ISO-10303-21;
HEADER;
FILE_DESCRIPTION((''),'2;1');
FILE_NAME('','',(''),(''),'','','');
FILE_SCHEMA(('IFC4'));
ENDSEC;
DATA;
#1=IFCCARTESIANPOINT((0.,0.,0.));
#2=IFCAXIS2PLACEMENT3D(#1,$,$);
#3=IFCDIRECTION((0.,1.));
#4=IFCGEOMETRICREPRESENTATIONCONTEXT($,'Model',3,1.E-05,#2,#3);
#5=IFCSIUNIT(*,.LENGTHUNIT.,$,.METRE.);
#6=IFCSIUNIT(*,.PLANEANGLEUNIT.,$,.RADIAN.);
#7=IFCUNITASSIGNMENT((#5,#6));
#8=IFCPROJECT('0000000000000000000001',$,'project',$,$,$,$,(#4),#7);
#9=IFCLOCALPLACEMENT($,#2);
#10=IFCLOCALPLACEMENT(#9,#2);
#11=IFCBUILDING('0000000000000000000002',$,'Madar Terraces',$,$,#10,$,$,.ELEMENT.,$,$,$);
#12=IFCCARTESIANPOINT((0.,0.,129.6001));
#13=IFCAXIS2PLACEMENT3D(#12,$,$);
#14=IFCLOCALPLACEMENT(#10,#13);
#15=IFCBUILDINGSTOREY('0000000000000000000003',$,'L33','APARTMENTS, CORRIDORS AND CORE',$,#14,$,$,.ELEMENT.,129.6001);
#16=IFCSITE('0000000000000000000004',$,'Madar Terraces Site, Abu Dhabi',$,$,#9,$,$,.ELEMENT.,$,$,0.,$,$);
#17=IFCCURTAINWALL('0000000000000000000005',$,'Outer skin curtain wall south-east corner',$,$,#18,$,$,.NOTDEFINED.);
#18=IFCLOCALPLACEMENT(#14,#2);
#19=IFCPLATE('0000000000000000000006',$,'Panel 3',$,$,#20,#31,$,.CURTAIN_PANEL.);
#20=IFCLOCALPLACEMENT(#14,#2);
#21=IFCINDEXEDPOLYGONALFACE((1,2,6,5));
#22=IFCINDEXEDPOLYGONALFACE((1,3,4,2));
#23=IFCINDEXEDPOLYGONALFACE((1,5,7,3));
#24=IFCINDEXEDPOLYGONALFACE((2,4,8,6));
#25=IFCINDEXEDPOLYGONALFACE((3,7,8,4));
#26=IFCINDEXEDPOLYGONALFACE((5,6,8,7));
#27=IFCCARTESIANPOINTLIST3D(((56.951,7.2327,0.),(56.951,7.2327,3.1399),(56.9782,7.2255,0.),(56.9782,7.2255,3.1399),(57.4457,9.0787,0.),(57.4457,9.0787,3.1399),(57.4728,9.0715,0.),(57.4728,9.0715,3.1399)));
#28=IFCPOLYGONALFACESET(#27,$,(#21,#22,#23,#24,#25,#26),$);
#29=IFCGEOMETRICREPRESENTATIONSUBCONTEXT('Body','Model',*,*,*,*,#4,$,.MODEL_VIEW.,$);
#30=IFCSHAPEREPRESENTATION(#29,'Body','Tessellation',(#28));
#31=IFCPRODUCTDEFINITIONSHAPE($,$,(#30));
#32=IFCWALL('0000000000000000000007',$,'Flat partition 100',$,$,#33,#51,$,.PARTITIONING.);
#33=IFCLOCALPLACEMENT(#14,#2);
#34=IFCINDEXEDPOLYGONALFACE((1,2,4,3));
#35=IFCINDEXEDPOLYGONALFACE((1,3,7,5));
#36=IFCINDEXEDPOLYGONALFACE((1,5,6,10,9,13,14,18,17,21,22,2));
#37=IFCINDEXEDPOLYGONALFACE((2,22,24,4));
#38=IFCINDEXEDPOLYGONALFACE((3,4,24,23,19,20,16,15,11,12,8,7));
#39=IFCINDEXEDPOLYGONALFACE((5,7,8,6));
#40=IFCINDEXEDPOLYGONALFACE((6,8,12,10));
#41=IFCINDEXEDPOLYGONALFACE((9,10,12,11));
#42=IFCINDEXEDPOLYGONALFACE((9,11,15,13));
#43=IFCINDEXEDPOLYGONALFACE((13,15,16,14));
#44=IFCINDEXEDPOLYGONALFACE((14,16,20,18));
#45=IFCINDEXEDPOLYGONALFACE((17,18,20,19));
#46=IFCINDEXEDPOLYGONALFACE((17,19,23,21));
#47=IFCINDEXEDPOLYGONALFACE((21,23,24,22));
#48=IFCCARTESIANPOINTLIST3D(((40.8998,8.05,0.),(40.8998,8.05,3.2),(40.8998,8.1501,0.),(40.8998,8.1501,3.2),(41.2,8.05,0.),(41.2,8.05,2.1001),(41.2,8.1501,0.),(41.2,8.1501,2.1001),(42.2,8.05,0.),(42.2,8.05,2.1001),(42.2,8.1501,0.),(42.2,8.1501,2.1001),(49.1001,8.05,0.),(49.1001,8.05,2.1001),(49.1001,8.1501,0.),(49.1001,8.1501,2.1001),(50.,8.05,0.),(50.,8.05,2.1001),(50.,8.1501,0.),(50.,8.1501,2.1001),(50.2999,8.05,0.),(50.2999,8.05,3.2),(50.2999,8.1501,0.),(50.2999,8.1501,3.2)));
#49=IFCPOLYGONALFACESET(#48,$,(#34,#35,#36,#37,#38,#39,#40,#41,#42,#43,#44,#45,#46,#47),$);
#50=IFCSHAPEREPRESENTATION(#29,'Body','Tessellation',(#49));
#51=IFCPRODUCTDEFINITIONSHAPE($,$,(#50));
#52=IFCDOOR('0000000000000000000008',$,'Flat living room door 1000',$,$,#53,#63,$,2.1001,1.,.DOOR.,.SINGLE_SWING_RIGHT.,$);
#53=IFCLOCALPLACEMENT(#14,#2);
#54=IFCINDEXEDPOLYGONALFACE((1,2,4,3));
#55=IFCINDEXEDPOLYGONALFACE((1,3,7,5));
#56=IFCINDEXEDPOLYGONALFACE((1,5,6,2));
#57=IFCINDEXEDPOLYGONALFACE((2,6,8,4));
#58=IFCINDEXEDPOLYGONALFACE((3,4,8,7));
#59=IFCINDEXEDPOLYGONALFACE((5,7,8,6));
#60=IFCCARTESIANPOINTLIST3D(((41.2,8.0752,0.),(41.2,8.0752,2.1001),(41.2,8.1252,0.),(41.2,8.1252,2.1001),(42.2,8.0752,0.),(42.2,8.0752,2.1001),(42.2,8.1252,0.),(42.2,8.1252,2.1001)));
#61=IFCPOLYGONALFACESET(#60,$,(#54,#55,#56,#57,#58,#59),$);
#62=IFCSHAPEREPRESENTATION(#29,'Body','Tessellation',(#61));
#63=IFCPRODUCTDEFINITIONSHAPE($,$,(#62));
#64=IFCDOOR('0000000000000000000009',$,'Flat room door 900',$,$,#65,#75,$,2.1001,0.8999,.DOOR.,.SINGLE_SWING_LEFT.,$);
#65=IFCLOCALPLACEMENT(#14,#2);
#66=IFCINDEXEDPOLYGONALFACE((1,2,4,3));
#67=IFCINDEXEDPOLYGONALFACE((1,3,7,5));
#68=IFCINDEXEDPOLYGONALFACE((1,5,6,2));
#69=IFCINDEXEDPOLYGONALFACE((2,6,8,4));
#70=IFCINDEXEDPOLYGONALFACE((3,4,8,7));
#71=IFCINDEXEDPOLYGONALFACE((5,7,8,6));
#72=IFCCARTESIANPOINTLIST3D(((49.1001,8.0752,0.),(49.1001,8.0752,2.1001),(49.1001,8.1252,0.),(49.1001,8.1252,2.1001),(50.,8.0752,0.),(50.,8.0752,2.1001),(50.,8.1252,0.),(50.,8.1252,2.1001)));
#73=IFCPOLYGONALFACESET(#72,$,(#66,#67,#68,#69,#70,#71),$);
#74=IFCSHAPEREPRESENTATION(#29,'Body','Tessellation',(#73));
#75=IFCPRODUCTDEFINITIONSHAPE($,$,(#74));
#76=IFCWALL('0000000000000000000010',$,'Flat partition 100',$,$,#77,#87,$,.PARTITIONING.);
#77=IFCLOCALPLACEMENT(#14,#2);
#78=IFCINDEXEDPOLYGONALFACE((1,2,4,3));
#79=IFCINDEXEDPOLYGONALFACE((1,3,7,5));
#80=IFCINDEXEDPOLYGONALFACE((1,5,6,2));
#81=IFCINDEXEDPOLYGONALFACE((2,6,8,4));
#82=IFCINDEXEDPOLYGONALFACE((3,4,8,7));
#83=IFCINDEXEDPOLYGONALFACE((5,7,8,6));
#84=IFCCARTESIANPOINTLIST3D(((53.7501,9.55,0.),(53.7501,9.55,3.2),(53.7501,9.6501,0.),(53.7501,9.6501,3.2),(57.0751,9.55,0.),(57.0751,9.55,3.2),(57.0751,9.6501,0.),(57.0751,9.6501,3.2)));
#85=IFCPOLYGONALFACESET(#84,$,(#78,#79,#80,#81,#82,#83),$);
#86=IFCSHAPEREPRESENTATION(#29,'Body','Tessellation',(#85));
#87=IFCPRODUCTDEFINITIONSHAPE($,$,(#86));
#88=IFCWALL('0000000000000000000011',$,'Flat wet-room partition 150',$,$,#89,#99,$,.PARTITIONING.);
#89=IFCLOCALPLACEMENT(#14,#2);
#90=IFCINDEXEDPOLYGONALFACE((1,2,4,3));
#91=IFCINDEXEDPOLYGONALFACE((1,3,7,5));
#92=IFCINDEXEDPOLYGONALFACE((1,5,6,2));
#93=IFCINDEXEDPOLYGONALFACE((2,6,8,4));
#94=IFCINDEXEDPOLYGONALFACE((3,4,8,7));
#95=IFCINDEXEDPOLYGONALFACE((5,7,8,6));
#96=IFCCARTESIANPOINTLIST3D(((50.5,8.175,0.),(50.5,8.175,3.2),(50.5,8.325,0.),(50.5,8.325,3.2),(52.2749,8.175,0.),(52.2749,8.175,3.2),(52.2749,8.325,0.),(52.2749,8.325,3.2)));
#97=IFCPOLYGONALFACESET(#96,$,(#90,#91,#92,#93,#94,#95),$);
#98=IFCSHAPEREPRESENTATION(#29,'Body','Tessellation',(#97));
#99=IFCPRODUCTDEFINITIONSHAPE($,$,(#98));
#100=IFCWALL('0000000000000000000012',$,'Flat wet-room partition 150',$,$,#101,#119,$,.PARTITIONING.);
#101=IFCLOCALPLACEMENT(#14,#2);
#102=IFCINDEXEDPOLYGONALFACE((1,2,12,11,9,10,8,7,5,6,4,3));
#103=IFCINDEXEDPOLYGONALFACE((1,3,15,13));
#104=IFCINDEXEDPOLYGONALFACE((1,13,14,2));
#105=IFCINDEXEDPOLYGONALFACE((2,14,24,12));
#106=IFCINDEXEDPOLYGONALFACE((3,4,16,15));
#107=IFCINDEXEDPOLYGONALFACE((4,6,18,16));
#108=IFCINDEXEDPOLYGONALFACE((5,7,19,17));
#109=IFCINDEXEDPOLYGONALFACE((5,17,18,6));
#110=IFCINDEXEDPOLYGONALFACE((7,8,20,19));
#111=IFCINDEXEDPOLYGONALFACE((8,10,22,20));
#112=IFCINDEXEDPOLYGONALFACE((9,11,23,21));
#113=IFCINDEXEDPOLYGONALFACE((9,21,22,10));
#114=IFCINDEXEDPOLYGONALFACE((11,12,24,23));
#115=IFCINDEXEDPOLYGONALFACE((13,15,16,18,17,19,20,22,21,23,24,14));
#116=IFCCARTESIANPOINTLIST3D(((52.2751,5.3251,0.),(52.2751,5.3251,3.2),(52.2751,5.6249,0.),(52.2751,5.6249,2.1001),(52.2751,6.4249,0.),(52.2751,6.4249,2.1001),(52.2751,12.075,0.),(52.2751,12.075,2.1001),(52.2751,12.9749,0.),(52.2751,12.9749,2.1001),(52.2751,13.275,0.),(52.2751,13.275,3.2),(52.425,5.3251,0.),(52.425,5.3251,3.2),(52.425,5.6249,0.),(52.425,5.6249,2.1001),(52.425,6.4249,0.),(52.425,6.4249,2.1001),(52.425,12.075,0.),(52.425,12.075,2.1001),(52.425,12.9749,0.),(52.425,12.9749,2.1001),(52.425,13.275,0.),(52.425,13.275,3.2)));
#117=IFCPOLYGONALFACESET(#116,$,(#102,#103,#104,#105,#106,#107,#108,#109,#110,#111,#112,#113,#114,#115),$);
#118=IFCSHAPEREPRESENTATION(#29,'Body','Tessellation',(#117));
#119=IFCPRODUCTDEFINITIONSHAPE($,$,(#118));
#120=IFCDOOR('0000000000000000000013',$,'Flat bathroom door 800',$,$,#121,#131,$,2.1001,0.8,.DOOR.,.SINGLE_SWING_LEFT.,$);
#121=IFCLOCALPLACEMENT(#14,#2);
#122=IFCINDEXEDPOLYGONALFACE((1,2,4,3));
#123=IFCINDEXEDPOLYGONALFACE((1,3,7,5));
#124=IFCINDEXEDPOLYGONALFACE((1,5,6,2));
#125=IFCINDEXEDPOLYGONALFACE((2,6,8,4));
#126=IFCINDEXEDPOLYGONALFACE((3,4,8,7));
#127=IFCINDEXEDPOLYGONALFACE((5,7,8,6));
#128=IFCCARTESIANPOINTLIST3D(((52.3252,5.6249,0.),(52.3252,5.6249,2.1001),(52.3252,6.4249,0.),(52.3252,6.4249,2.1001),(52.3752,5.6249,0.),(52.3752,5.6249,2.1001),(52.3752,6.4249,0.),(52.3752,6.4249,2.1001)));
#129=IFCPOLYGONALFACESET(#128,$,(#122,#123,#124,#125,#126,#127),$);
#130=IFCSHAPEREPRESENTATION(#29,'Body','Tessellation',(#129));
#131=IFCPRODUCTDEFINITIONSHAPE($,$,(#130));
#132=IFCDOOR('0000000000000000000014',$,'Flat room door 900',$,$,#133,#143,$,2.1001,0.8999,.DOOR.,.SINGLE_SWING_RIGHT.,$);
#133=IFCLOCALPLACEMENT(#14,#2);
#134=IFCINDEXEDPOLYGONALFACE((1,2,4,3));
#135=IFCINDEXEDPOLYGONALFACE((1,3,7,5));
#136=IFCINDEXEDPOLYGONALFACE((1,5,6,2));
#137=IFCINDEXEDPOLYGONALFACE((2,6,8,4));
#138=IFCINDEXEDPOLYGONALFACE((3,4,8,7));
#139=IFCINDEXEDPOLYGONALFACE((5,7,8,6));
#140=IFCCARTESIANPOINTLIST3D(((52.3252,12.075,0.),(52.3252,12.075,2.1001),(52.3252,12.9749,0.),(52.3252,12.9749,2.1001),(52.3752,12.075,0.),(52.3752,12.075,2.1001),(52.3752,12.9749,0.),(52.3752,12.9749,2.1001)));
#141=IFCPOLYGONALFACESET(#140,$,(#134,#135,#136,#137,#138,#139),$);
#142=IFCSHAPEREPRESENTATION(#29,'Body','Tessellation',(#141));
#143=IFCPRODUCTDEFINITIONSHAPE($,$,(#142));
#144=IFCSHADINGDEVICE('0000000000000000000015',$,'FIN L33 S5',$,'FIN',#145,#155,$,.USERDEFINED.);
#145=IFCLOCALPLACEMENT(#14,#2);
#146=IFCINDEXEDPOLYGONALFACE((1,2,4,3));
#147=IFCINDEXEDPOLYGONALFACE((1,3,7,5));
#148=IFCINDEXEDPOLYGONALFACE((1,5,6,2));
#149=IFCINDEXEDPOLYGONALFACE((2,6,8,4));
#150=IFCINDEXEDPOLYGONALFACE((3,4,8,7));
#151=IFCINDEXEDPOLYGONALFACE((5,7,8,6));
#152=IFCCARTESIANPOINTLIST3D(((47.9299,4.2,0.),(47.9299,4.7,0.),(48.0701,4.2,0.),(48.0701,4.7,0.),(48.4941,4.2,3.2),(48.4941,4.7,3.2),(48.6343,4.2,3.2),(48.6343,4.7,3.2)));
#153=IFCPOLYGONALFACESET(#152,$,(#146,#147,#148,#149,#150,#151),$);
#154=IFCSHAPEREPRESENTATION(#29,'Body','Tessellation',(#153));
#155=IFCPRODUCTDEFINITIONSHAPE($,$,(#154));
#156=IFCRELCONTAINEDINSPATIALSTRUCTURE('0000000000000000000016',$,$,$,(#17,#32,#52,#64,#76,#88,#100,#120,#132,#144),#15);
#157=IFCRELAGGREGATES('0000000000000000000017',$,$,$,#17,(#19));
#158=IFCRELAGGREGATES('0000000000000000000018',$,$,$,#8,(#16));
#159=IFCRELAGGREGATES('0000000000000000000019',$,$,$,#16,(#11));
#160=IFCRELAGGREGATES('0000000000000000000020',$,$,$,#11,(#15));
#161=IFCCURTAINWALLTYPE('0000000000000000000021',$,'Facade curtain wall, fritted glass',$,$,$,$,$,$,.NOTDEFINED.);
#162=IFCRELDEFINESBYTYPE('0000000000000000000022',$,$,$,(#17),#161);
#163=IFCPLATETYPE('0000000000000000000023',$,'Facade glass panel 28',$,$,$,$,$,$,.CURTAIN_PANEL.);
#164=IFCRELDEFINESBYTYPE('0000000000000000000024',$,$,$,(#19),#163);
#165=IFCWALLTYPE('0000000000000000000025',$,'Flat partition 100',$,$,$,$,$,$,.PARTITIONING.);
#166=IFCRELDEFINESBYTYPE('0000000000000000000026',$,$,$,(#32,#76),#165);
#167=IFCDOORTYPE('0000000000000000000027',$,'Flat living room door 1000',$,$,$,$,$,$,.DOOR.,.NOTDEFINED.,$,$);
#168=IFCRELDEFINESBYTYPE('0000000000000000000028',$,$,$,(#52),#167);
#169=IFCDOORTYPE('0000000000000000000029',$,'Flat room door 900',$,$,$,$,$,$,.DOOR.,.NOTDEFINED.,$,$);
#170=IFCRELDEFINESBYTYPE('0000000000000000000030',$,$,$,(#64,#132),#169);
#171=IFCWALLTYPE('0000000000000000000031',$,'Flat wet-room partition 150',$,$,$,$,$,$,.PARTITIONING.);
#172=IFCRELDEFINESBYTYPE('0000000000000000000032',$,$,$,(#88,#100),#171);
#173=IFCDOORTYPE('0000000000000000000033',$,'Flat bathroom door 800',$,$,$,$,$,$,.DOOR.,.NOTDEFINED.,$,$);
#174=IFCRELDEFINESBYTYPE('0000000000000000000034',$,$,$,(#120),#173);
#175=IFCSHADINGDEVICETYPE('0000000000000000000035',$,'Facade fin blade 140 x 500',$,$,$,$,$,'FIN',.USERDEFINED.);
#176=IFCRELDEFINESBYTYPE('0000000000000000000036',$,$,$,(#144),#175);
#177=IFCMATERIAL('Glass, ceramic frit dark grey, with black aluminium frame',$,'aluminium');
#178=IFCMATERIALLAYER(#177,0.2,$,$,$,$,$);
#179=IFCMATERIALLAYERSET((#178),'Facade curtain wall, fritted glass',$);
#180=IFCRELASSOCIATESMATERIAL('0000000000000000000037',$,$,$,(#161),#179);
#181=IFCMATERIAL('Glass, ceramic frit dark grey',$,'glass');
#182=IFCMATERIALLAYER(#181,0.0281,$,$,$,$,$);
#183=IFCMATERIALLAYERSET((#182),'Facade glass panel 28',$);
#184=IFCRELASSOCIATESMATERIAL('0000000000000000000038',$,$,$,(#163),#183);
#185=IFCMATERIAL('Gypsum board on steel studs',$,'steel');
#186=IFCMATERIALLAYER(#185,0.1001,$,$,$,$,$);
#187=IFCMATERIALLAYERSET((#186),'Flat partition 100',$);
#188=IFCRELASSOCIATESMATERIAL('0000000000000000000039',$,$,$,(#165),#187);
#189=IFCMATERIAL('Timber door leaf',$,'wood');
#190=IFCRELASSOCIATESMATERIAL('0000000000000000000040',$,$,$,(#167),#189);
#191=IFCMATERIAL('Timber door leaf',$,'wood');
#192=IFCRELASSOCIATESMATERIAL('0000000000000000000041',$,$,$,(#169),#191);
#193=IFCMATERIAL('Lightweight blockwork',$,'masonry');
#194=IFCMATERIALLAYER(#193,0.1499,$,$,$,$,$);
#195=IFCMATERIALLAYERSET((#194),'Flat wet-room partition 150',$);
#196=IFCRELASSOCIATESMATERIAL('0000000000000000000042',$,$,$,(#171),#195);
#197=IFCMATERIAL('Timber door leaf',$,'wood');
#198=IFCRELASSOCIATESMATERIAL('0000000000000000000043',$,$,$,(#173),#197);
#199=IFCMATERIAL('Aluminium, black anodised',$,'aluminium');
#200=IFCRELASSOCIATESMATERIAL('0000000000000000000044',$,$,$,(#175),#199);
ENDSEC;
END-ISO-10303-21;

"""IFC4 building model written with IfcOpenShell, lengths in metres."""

from ifc_helpers import new_model, si_unit, direction, frame, frame_2d, origin, origin_2d, place, context, subcontext, project, spatial, polyline, rectangle, outline, extrude, material, layer, layer_set, type_object, element, fill, aggregate, save


model = new_model("IFC4")

# Units and contexts
model_context = context("Model", 3, precision=1e-05, world=origin(), true_north=direction((0.0, 1.0)))
body_context = subcontext(model_context, "Body", "Model", "MODEL_VIEW")
ifc_project = project(units=[si_unit("LENGTHUNIT", "METRE"), si_unit("PLANEANGLEUNIT", "RADIAN")], contexts=[model_context])

# Site, building, storey
site_placement = place(None, origin())
site = spatial("IfcSite", under=ifc_project, at=site_placement, Name="Madar Terraces Site, Abu Dhabi", CompositionType="ELEMENT", RefElevation=0.0)
building_placement = place(site_placement, origin())
building = spatial("IfcBuilding", under=site, at=building_placement, Name="Madar Terraces", CompositionType="ELEMENT")
storey_placement = place(building_placement, frame((0.0, 0.0, 129.6001)))
storey = spatial("IfcBuildingStorey", under=building, at=storey_placement, Name="L33", Description="APARTMENTS, CORRIDORS AND CORE", CompositionType="ELEMENT", Elevation=129.6001)

# Shared definitions
ifc_material_1 = material(Name="Glass, ceramic frit dark grey, with black aluminium frame", Category="aluminium")
ifc_layer_1 = layer(ifc_material_1, 0.2)
ifc_layer_set_1 = layer_set([ifc_layer_1], Name="Facade curtain wall, fritted glass")
curtain_wall_type = type_object("IfcCurtainWallType", Name="Facade curtain wall, fritted glass", PredefinedType="NOTDEFINED", material=ifc_layer_set_1)

# Curtain wall
curtain_wall_1_placement = place(storey_placement, origin())
curtain_wall_1 = element("IfcCurtainWall", 1, at=curtain_wall_1_placement, inside=storey, type_object=curtain_wall_type, Name="Outer skin curtain wall south-east corner", PredefinedType="NOTDEFINED")

# Plate
ifc_material_2 = material(Name="Glass, ceramic frit dark grey", Category="glass")
ifc_layer_2 = layer(ifc_material_2, 0.0281)
ifc_layer_set_2 = layer_set([ifc_layer_2], Name="Facade glass panel 28")
plate_type = type_object("IfcPlateType", Name="Facade glass panel 28", PredefinedType="CURTAIN_PANEL", material=ifc_layer_set_2)
plate_1_placement = place(storey_placement, frame((57.2119, 8.1521, 0.0), z_axis=(0.0, 0.0, 1.0), x_axis=(0.258819, 0.965926, 0.0)))
plate_1 = element("IfcPlate", 2, at=plate_1_placement, type_object=plate_type, Name="Panel 3", PredefinedType="CURTAIN_PANEL", context=body_context, shape_type="SweptSolid", body=[
    extrude(rectangle(XDim=1.9111, YDim=0.0281, at=origin_2d()), origin(), (0.0, 0.0, 1.0), 3.1399),
])
aggregate(curtain_wall_1, [plate_1])

# Wall, openings, doors
ifc_material_3 = material(Name="Gypsum board on steel studs", Category="steel")
ifc_layer_3 = layer(ifc_material_3, 0.1001)
ifc_layer_set_3 = layer_set([ifc_layer_3], Name="Flat partition 100")
wall_type_1 = type_object("IfcWallType", Name="Flat partition 100", PredefinedType="PARTITIONING", material=ifc_layer_set_3)
wall_1_placement = place(storey_placement, frame((50.3, 8.1001, 0.0), z_axis=(0.0, 0.0, 1.0), x_axis=(-1.0, 0.0, 0.0)))
wall_1 = element("IfcWall", 3, at=wall_1_placement, inside=storey, type_object=wall_type_1, Name="Flat partition 100", PredefinedType="PARTITIONING", context=body_context, shape_type="SweptSolid", body=[
    extrude(rectangle(XDim=9.4001, YDim=0.1001, at=frame_2d((4.7002, 0.0))), origin(), (0.0, 0.0, 1.0), 3.2),
])
opening_1_placement = place(wall_1_placement, frame((8.1001, 0.0, 0.0)))
opening_1 = element("IfcOpeningElement", 4, at=opening_1_placement, cuts=wall_1, PredefinedType="OPENING", context=body_context, shape_type="SweptSolid", body=[
    extrude(rectangle(XDim=1.0, YDim=2.1001, at=frame_2d((0.5, 1.05))), frame((0.0, 0.0601, 0.0), z_axis=(0.0, -1.0, 0.0), x_axis=(1.0, 0.0, 0.0)), (0.0, 0.0, 1.0), 0.1201),
])
opening_2_placement = place(wall_1_placement, frame((0.3, 0.0, 0.0)))
opening_2 = element("IfcOpeningElement", 5, at=opening_2_placement, cuts=wall_1, PredefinedType="OPENING", context=body_context, shape_type="SweptSolid", body=[
    extrude(rectangle(XDim=0.8999, YDim=2.1001, at=frame_2d((0.45, 1.05))), frame((0.0, 0.0601, 0.0), z_axis=(0.0, -1.0, 0.0), x_axis=(1.0, 0.0, 0.0)), (0.0, 0.0, 1.0), 0.1201),
])
ifc_material_4 = material(Name="Timber door leaf", Category="wood")
door_type_1 = type_object("IfcDoorType", Name="Flat living room door 1000", OperationType="NOTDEFINED", PredefinedType="DOOR", material=ifc_material_4)
door_1_placement = place(opening_1_placement, origin())
door_1 = element("IfcDoor", 6, at=door_1_placement, inside=storey, type_object=door_type_1, Name="Flat living room door 1000", OperationType="SINGLE_SWING_RIGHT", OverallHeight=2.1001, OverallWidth=1.0, PredefinedType="DOOR", context=body_context, shape_type="SweptSolid", body=[
    extrude(rectangle(XDim=1.0, YDim=2.1001, at=frame_2d((0.5, 1.05))), frame((0.0, 0.0249, 0.0), z_axis=(0.0, -1.0, 0.0), x_axis=(1.0, 0.0, 0.0)), (0.0, 0.0, 1.0), 0.05),
])
fill(opening_1, door_1)
ifc_material_5 = material(Name="Timber door leaf", Category="wood")
door_type_2 = type_object("IfcDoorType", Name="Flat room door 900", OperationType="NOTDEFINED", PredefinedType="DOOR", material=ifc_material_5)
door_2_placement = place(opening_2_placement, origin())
door_2 = element("IfcDoor", 7, at=door_2_placement, inside=storey, type_object=door_type_2, Name="Flat room door 900", OperationType="SINGLE_SWING_LEFT", OverallHeight=2.1001, OverallWidth=0.8999, PredefinedType="DOOR", context=body_context, shape_type="SweptSolid", body=[
    extrude(rectangle(XDim=0.8999, YDim=2.1001, at=frame_2d((0.45, 1.05))), frame((0.0, 0.0249, 0.0), z_axis=(0.0, -1.0, 0.0), x_axis=(1.0, 0.0, 0.0)), (0.0, 0.0, 1.0), 0.05),
])
fill(opening_2, door_2)

# Walls
wall_2_placement = place(storey_placement, frame((53.75, 9.6001, 0.0), z_axis=(0.0, 0.0, 1.0), x_axis=(1.0, 0.0, 0.0)))
element("IfcWall", 8, at=wall_2_placement, inside=storey, type_object=wall_type_1, Name="Flat partition 100", PredefinedType="PARTITIONING", context=body_context, shape_type="SweptSolid", body=[
    extrude(rectangle(XDim=3.325, YDim=0.1001, at=frame_2d((1.6626, 0.0))), origin(), (0.0, 0.0, 1.0), 3.2),
])
ifc_material_6 = material(Name="Lightweight blockwork", Category="masonry")
ifc_layer_4 = layer(ifc_material_6, 0.1499)
ifc_layer_set_4 = layer_set([ifc_layer_4], Name="Flat wet-room partition 150")
wall_type_2 = type_object("IfcWallType", Name="Flat wet-room partition 150", PredefinedType="PARTITIONING", material=ifc_layer_set_4)
wall_3_placement = place(storey_placement, frame((50.5, 8.25, 0.0), z_axis=(0.0, 0.0, 1.0), x_axis=(1.0, 0.0, 0.0)))
element("IfcWall", 9, at=wall_3_placement, inside=storey, type_object=wall_type_2, Name="Flat wet-room partition 150", PredefinedType="PARTITIONING", context=body_context, shape_type="SweptSolid", body=[
    extrude(rectangle(XDim=1.7749, YDim=0.1499, at=frame_2d((0.8875, 0.0))), origin(), (0.0, 0.0, 1.0), 3.2),
])

# Wall, openings, doors
wall_4_placement = place(storey_placement, frame((52.3501, 5.325, 0.0), z_axis=(0.0, 0.0, 1.0), x_axis=(0.0, 1.0, 0.0)))
wall_4 = element("IfcWall", 10, at=wall_4_placement, inside=storey, type_object=wall_type_2, Name="Flat wet-room partition 150", PredefinedType="PARTITIONING", context=body_context, shape_type="SweptSolid", body=[
    extrude(rectangle(XDim=7.95, YDim=0.1499, at=frame_2d((3.9751, 0.0))), origin(), (0.0, 0.0, 1.0), 3.2),
])
opening_3_placement = place(wall_4_placement, frame((6.75, 0.0, 0.0)))
opening_3 = element("IfcOpeningElement", 11, at=opening_3_placement, cuts=wall_4, PredefinedType="OPENING", context=body_context, shape_type="SweptSolid", body=[
    extrude(rectangle(XDim=0.8999, YDim=2.1001, at=frame_2d((0.45, 1.05))), frame((0.0, 0.085, 0.0), z_axis=(0.0, -1.0, 0.0), x_axis=(1.0, 0.0, 0.0)), (0.0, 0.0, 1.0), 0.1699),
])
opening_4_placement = place(wall_4_placement, frame((0.3, 0.0, 0.0)))
opening_4 = element("IfcOpeningElement", 12, at=opening_4_placement, cuts=wall_4, PredefinedType="OPENING", context=body_context, shape_type="SweptSolid", body=[
    extrude(rectangle(XDim=0.8, YDim=2.1001, at=frame_2d((0.3999, 1.05))), frame((0.0, 0.085, 0.0), z_axis=(0.0, -1.0, 0.0), x_axis=(1.0, 0.0, 0.0)), (0.0, 0.0, 1.0), 0.1699),
])
ifc_material_7 = material(Name="Timber door leaf", Category="wood")
door_type_3 = type_object("IfcDoorType", Name="Flat bathroom door 800", OperationType="NOTDEFINED", PredefinedType="DOOR", material=ifc_material_7)
door_3_placement = place(opening_4_placement, origin())
door_3 = element("IfcDoor", 13, at=door_3_placement, inside=storey, type_object=door_type_3, Name="Flat bathroom door 800", OperationType="SINGLE_SWING_LEFT", OverallHeight=2.1001, OverallWidth=0.8, PredefinedType="DOOR", context=body_context, shape_type="SweptSolid", body=[
    extrude(rectangle(XDim=0.8, YDim=2.1001, at=frame_2d((0.3999, 1.05))), frame((0.0, 0.0249, 0.0), z_axis=(0.0, -1.0, 0.0), x_axis=(1.0, 0.0, 0.0)), (0.0, 0.0, 1.0), 0.05),
])
fill(opening_4, door_3)
door_4_placement = place(opening_3_placement, origin())
door_4 = element("IfcDoor", 14, at=door_4_placement, inside=storey, type_object=door_type_2, Name="Flat room door 900", OperationType="SINGLE_SWING_RIGHT", OverallHeight=2.1001, OverallWidth=0.8999, PredefinedType="DOOR", context=body_context, shape_type="SweptSolid", body=[
    extrude(rectangle(XDim=0.8999, YDim=2.1001, at=frame_2d((0.45, 1.05))), frame((0.0, 0.0249, 0.0), z_axis=(0.0, -1.0, 0.0), x_axis=(1.0, 0.0, 0.0)), (0.0, 0.0, 1.0), 0.05),
])
fill(opening_3, door_4)

# Shading device
ifc_material_8 = material(Name="Aluminium, black anodised", Category="aluminium")
shading_device_type = type_object("IfcShadingDeviceType", Name="Facade fin blade 140 x 500", ElementType="FIN", PredefinedType="USERDEFINED", material=ifc_material_8)
shading_device_placement = place(storey_placement, frame((47.9299, 4.45, 0.0), z_axis=(0.0, 0.0, 1.0), x_axis=(1.0, 0.0, 0.0)))
element("IfcShadingDevice", 15, at=shading_device_placement, inside=storey, type_object=shading_device_type, Name="FIN L33 S5", ObjectType="FIN", PredefinedType="USERDEFINED", context=body_context, shape_type="SweptSolid", body=[
    extrude(outline(polyline([(0.0, 0.0), (0.1401, 0.0), (0.7043, 3.2), (0.5642, 3.2), (0.0, 0.0)])), frame((0.0, 0.25, 0.0), z_axis=(0.0, -1.0, 0.0), x_axis=(1.0, 0.0, 0.0)), (0.0, 0.0, 1.0), 0.5),
])

save(model, "model.ifc")
